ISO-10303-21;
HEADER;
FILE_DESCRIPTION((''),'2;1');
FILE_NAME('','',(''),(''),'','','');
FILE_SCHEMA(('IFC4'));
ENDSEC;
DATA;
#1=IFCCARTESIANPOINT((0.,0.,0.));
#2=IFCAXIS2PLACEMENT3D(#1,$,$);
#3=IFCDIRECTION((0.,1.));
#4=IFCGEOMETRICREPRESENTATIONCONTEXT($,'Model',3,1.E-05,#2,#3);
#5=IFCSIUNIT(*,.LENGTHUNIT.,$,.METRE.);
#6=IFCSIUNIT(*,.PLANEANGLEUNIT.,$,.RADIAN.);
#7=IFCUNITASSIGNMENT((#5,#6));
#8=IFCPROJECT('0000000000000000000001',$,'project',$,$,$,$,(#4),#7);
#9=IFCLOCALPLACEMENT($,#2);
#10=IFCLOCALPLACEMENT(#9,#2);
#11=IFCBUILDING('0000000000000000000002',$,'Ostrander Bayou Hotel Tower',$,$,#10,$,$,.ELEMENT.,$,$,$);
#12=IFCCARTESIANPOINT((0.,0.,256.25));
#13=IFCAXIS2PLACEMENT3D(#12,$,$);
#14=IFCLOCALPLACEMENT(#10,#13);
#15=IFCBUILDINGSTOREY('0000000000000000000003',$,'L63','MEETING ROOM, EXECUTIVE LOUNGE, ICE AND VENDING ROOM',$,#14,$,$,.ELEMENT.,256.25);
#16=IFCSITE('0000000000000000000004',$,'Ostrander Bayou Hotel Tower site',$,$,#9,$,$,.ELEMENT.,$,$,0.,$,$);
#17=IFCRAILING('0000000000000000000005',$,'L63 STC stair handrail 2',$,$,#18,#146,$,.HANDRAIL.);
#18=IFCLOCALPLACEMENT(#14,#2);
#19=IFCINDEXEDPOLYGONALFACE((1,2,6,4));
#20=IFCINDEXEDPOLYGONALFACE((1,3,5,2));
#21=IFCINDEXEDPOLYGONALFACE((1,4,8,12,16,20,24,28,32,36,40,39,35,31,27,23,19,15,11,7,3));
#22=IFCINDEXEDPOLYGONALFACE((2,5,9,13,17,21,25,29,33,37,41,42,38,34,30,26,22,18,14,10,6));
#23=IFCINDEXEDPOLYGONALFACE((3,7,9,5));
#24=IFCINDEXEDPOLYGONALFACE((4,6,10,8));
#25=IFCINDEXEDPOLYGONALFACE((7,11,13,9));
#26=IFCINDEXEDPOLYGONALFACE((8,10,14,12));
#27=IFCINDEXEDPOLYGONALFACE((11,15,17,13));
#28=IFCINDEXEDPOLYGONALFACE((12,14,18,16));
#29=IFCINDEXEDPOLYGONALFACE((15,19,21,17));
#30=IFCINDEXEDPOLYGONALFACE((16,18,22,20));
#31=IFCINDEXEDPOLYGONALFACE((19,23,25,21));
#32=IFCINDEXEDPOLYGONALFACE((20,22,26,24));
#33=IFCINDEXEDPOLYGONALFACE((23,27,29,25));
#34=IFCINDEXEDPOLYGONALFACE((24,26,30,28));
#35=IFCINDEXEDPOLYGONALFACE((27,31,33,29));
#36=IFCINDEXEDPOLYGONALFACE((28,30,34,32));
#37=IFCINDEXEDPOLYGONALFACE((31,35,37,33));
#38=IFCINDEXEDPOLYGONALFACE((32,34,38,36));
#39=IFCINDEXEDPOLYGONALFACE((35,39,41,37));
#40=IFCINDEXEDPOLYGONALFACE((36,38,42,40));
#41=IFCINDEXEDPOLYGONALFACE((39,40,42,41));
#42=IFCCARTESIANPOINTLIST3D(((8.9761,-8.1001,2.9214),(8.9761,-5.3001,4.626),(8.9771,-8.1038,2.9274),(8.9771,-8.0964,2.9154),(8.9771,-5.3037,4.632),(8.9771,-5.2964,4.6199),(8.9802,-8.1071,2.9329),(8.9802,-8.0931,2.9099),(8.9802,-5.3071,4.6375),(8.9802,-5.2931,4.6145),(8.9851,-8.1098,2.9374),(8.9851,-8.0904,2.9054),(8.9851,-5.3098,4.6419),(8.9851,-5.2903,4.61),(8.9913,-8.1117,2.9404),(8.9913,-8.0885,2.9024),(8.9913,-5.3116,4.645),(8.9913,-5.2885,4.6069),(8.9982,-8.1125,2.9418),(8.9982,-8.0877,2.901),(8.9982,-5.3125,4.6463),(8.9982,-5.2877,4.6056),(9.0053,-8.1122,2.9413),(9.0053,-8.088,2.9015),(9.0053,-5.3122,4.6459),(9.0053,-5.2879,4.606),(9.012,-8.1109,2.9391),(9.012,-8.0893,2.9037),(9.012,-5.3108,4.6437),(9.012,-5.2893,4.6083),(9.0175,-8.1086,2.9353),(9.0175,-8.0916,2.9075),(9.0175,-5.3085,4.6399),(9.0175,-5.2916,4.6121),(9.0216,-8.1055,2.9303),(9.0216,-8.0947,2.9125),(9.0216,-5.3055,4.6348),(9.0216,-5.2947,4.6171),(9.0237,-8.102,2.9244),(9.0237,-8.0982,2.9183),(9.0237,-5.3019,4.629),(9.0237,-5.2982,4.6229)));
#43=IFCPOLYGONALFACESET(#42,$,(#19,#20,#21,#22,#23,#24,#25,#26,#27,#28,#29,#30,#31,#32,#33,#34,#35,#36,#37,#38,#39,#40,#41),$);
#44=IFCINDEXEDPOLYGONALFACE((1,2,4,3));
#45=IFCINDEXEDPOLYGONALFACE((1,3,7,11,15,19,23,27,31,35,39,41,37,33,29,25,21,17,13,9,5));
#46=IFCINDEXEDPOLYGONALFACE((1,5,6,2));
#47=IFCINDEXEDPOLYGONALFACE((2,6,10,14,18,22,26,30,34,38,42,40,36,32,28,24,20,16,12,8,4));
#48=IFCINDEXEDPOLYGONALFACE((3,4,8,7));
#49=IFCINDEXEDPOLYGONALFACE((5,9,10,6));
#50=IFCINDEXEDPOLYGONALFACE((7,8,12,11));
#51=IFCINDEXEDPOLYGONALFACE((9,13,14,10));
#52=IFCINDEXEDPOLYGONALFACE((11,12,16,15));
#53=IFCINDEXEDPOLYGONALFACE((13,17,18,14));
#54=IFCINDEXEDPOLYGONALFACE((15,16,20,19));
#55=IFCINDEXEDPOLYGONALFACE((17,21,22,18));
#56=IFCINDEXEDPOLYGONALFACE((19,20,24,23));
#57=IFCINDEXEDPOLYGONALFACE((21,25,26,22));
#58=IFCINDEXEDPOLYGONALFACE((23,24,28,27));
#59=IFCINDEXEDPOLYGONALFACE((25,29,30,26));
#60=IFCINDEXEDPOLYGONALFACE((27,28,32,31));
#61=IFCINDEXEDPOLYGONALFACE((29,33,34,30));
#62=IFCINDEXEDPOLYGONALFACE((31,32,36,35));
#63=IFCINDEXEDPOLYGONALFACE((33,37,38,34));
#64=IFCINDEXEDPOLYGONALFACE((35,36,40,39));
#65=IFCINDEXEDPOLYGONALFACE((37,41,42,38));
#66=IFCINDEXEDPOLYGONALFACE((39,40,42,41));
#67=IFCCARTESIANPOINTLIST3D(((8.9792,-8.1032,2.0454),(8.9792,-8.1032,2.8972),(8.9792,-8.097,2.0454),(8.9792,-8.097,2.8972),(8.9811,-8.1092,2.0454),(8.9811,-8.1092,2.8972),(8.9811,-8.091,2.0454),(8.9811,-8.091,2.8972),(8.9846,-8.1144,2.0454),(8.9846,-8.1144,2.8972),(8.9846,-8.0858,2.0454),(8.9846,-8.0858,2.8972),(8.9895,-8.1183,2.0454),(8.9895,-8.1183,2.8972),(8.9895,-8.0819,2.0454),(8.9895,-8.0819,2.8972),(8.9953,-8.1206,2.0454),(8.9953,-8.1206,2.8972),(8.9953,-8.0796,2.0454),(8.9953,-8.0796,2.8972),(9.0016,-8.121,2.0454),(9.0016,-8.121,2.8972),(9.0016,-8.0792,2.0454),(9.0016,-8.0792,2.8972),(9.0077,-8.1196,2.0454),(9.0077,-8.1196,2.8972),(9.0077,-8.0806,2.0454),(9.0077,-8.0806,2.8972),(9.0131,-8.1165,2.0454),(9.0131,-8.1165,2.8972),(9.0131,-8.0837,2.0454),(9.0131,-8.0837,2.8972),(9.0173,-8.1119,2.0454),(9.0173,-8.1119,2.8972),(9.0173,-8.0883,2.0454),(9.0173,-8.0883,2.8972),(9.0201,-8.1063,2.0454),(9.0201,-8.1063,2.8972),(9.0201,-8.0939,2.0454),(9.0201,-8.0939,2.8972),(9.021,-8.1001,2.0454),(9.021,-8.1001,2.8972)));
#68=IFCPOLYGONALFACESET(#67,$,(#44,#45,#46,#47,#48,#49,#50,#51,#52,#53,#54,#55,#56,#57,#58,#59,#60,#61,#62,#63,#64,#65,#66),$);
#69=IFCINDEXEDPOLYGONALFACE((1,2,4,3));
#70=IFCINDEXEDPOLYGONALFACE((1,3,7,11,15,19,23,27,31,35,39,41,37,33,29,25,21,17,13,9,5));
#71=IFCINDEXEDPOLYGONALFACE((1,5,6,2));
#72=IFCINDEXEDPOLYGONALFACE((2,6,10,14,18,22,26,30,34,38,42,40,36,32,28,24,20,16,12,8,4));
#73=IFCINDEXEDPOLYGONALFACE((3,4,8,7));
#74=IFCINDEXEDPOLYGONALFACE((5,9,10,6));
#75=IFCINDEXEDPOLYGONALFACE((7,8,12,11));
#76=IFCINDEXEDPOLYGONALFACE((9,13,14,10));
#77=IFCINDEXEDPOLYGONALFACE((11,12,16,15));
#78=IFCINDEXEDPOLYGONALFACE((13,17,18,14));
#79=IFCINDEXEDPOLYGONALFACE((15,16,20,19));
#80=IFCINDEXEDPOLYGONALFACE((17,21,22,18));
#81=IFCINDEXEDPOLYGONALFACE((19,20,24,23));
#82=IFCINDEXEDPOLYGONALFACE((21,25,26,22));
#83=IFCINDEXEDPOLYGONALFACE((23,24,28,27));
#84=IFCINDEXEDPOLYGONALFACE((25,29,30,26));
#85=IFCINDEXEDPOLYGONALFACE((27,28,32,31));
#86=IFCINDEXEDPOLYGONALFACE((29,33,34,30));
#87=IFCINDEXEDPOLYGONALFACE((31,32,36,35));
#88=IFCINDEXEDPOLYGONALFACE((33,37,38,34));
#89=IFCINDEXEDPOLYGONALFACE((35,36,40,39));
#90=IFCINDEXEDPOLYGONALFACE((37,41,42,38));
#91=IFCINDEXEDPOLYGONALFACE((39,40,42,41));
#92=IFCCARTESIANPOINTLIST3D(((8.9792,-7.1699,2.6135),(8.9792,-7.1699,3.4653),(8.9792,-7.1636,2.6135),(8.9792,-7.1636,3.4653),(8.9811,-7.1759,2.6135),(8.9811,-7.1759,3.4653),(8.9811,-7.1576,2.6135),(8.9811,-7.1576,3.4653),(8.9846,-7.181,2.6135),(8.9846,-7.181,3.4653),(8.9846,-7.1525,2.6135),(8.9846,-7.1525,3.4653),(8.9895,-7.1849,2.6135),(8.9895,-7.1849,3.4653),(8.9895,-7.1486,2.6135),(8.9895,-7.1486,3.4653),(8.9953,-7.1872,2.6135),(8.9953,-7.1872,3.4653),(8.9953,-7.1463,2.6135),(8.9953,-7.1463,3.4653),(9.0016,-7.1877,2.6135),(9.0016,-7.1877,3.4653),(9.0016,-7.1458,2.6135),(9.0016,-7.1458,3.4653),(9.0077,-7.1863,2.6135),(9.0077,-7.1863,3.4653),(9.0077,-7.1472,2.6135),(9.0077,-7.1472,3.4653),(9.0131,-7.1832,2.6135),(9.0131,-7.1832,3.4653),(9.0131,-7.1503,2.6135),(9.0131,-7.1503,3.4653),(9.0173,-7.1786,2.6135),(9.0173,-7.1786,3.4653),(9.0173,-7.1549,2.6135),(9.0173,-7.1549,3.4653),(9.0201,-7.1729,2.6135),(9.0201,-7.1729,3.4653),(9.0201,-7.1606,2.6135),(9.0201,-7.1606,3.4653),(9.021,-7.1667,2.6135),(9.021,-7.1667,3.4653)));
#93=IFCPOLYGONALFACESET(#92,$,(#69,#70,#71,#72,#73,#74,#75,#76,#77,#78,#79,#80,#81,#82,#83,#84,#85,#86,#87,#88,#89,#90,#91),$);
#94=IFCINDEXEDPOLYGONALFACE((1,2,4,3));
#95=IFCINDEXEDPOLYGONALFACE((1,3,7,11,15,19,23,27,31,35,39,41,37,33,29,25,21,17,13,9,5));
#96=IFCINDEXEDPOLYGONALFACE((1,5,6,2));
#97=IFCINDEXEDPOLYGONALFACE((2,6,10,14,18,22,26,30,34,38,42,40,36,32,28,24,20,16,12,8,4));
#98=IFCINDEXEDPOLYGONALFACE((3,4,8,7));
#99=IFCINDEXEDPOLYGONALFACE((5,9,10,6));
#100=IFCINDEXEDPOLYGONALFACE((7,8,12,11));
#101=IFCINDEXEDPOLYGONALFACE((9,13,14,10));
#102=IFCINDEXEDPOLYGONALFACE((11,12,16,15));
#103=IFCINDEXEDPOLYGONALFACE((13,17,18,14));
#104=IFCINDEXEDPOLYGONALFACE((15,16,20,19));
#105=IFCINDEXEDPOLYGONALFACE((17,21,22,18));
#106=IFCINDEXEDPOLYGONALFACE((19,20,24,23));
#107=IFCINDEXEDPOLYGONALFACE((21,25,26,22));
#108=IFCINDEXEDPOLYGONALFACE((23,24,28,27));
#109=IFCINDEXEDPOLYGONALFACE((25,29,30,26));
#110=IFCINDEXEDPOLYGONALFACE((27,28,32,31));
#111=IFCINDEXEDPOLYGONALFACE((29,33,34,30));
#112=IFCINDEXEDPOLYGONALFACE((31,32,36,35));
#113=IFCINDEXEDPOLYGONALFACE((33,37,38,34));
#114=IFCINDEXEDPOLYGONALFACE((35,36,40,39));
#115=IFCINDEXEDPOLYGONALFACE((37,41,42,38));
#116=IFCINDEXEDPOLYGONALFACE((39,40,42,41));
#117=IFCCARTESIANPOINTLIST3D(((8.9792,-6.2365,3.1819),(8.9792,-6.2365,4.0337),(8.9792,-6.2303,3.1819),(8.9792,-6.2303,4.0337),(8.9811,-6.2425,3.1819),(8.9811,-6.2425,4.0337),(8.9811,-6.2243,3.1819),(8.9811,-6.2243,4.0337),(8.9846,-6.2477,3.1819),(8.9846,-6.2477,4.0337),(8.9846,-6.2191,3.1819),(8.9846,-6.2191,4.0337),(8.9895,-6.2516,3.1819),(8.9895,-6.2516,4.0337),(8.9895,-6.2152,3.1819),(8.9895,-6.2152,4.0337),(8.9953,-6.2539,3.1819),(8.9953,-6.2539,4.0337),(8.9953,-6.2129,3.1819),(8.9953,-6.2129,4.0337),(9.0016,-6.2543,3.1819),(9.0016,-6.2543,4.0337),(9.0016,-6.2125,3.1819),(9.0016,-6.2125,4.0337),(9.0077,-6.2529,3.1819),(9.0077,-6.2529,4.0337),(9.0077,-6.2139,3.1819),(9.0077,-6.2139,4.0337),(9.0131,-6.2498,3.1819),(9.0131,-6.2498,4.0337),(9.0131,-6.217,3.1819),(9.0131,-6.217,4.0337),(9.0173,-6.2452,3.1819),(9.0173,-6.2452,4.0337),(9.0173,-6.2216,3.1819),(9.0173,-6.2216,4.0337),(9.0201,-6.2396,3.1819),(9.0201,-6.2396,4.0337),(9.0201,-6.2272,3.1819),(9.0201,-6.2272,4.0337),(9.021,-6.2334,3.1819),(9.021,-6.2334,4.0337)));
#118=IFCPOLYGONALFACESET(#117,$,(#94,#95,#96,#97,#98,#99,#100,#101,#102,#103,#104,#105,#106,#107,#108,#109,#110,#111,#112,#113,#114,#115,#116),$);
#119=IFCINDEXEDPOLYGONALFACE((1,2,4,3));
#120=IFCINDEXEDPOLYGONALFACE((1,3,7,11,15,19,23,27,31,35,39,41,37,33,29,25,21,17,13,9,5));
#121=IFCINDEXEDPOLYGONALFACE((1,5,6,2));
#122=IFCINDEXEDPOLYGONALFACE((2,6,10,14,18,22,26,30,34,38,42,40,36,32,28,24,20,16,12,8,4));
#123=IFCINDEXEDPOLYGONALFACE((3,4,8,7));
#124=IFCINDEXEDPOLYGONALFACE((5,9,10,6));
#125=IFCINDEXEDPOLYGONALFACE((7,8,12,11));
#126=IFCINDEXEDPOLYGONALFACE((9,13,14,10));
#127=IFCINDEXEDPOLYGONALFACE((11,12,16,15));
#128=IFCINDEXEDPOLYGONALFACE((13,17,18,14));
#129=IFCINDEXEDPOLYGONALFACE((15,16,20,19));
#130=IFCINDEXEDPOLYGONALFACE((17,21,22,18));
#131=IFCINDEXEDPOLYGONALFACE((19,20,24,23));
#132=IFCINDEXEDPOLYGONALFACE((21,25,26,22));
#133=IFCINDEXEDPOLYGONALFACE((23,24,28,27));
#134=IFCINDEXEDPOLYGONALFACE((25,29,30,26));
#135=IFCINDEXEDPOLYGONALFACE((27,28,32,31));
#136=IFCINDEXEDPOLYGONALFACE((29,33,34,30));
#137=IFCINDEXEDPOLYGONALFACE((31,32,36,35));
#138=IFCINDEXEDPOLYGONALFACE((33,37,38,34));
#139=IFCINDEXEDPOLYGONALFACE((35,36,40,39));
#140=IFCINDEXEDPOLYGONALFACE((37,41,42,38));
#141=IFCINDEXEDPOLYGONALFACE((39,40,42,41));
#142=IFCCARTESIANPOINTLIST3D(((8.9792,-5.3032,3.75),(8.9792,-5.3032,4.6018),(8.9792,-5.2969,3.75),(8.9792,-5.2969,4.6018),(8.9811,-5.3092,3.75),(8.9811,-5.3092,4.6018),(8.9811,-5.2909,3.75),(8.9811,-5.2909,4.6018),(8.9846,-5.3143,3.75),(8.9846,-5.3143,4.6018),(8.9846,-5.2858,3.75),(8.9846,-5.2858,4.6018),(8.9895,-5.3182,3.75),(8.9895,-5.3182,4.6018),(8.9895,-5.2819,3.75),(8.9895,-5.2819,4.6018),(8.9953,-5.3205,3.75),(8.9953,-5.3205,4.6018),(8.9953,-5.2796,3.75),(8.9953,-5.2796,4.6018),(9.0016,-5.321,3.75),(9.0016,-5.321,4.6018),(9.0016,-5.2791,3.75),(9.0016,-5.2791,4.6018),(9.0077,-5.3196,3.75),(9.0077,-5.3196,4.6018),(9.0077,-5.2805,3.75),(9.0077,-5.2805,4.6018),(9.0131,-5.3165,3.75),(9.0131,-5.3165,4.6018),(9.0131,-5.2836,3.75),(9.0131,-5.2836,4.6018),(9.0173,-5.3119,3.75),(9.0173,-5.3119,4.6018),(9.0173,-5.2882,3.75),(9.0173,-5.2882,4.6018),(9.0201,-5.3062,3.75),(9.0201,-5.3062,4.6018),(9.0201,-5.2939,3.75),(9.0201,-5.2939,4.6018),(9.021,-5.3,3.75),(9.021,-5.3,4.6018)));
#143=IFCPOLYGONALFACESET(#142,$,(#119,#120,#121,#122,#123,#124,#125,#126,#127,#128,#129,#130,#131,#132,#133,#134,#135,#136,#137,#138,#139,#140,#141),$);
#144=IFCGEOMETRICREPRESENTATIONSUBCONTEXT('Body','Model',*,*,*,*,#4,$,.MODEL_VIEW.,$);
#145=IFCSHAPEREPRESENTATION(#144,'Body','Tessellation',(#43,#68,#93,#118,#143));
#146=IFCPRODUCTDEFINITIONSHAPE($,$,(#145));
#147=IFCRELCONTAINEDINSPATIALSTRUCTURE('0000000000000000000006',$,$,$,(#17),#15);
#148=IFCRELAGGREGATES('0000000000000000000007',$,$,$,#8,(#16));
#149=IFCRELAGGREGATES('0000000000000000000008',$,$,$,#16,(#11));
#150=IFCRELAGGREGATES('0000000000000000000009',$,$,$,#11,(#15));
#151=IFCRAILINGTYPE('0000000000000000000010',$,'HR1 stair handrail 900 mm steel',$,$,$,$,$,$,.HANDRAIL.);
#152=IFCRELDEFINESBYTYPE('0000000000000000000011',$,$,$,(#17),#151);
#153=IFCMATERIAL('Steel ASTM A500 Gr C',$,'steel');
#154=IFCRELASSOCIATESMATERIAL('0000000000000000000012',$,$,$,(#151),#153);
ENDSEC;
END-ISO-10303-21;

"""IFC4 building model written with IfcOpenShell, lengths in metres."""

from ifc_helpers import new_model, si_unit, direction, frame, origin, origin_2d, place, context, subcontext, project, spatial, circle, extrude, material, type_object, element, save


model = new_model("IFC4")

# Units and contexts
model_context = context("Model", 3, precision=1e-05, world=origin(), true_north=direction((0.0, 1.0)))
body_context = subcontext(model_context, "Body", "Model", "MODEL_VIEW")
ifc_project = project(units=[si_unit("LENGTHUNIT", "METRE"), si_unit("PLANEANGLEUNIT", "RADIAN")], contexts=[model_context])

# Site, building, storey
site_placement = place(None, origin())
site = spatial("IfcSite", under=ifc_project, at=site_placement, Name="Ostrander Bayou Hotel Tower site", CompositionType="ELEMENT", RefElevation=0.0)
building_placement = place(site_placement, origin())
building = spatial("IfcBuilding", under=site, at=building_placement, Name="Ostrander Bayou Hotel Tower", CompositionType="ELEMENT")
storey_placement = place(building_placement, frame((0.0, 0.0, 256.25)))
storey = spatial("IfcBuildingStorey", under=building, at=storey_placement, Name="L63", Description="MEETING ROOM, EXECUTIVE LOUNGE, ICE AND VENDING ROOM", CompositionType="ELEMENT", Elevation=256.25)

# Railing
ifc_material_1 = material(Name="Steel ASTM A500 Gr C", Category="steel")
railing_type_1 = type_object("IfcRailingType", Name="HR1 stair handrail 900 mm steel", PredefinedType="HANDRAIL", material=ifc_material_1)
railing_1_placement = place(storey_placement, frame((9.0, -8.1001, 2.0454)))
element("IfcRailing", 1, at=railing_1_placement, inside=storey, type_object=railing_type_1, Name="L63 STC stair handrail 2", PredefinedType="HANDRAIL", context=body_context, shape_type="SweptSolid", body=[
    extrude(circle(Radius=0.0239, at=origin_2d()), frame((0.0, 0.0, 0.876), z_axis=(0.0, 0.85417, 0.519994), x_axis=(-1.0, 0.0, 0.0)), (0.0, 0.0, 1.0), 3.2781),
    extrude(circle(Radius=0.021, at=origin_2d()), origin(), (0.0, 0.0, 1.0), 0.8518),
    extrude(circle(Radius=0.021, at=origin_2d()), frame((0.0, 0.9333, 0.5681)), (0.0, 0.0, 1.0), 0.8518),
    extrude(circle(Radius=0.021, at=origin_2d()), frame((0.0, 1.8667, 1.1365)), (0.0, 0.0, 1.0), 0.8518),
    extrude(circle(Radius=0.021, at=origin_2d()), frame((0.0, 2.8, 1.7046)), (0.0, 0.0, 1.0), 0.8518),
])

save(model, "model.ifc")
